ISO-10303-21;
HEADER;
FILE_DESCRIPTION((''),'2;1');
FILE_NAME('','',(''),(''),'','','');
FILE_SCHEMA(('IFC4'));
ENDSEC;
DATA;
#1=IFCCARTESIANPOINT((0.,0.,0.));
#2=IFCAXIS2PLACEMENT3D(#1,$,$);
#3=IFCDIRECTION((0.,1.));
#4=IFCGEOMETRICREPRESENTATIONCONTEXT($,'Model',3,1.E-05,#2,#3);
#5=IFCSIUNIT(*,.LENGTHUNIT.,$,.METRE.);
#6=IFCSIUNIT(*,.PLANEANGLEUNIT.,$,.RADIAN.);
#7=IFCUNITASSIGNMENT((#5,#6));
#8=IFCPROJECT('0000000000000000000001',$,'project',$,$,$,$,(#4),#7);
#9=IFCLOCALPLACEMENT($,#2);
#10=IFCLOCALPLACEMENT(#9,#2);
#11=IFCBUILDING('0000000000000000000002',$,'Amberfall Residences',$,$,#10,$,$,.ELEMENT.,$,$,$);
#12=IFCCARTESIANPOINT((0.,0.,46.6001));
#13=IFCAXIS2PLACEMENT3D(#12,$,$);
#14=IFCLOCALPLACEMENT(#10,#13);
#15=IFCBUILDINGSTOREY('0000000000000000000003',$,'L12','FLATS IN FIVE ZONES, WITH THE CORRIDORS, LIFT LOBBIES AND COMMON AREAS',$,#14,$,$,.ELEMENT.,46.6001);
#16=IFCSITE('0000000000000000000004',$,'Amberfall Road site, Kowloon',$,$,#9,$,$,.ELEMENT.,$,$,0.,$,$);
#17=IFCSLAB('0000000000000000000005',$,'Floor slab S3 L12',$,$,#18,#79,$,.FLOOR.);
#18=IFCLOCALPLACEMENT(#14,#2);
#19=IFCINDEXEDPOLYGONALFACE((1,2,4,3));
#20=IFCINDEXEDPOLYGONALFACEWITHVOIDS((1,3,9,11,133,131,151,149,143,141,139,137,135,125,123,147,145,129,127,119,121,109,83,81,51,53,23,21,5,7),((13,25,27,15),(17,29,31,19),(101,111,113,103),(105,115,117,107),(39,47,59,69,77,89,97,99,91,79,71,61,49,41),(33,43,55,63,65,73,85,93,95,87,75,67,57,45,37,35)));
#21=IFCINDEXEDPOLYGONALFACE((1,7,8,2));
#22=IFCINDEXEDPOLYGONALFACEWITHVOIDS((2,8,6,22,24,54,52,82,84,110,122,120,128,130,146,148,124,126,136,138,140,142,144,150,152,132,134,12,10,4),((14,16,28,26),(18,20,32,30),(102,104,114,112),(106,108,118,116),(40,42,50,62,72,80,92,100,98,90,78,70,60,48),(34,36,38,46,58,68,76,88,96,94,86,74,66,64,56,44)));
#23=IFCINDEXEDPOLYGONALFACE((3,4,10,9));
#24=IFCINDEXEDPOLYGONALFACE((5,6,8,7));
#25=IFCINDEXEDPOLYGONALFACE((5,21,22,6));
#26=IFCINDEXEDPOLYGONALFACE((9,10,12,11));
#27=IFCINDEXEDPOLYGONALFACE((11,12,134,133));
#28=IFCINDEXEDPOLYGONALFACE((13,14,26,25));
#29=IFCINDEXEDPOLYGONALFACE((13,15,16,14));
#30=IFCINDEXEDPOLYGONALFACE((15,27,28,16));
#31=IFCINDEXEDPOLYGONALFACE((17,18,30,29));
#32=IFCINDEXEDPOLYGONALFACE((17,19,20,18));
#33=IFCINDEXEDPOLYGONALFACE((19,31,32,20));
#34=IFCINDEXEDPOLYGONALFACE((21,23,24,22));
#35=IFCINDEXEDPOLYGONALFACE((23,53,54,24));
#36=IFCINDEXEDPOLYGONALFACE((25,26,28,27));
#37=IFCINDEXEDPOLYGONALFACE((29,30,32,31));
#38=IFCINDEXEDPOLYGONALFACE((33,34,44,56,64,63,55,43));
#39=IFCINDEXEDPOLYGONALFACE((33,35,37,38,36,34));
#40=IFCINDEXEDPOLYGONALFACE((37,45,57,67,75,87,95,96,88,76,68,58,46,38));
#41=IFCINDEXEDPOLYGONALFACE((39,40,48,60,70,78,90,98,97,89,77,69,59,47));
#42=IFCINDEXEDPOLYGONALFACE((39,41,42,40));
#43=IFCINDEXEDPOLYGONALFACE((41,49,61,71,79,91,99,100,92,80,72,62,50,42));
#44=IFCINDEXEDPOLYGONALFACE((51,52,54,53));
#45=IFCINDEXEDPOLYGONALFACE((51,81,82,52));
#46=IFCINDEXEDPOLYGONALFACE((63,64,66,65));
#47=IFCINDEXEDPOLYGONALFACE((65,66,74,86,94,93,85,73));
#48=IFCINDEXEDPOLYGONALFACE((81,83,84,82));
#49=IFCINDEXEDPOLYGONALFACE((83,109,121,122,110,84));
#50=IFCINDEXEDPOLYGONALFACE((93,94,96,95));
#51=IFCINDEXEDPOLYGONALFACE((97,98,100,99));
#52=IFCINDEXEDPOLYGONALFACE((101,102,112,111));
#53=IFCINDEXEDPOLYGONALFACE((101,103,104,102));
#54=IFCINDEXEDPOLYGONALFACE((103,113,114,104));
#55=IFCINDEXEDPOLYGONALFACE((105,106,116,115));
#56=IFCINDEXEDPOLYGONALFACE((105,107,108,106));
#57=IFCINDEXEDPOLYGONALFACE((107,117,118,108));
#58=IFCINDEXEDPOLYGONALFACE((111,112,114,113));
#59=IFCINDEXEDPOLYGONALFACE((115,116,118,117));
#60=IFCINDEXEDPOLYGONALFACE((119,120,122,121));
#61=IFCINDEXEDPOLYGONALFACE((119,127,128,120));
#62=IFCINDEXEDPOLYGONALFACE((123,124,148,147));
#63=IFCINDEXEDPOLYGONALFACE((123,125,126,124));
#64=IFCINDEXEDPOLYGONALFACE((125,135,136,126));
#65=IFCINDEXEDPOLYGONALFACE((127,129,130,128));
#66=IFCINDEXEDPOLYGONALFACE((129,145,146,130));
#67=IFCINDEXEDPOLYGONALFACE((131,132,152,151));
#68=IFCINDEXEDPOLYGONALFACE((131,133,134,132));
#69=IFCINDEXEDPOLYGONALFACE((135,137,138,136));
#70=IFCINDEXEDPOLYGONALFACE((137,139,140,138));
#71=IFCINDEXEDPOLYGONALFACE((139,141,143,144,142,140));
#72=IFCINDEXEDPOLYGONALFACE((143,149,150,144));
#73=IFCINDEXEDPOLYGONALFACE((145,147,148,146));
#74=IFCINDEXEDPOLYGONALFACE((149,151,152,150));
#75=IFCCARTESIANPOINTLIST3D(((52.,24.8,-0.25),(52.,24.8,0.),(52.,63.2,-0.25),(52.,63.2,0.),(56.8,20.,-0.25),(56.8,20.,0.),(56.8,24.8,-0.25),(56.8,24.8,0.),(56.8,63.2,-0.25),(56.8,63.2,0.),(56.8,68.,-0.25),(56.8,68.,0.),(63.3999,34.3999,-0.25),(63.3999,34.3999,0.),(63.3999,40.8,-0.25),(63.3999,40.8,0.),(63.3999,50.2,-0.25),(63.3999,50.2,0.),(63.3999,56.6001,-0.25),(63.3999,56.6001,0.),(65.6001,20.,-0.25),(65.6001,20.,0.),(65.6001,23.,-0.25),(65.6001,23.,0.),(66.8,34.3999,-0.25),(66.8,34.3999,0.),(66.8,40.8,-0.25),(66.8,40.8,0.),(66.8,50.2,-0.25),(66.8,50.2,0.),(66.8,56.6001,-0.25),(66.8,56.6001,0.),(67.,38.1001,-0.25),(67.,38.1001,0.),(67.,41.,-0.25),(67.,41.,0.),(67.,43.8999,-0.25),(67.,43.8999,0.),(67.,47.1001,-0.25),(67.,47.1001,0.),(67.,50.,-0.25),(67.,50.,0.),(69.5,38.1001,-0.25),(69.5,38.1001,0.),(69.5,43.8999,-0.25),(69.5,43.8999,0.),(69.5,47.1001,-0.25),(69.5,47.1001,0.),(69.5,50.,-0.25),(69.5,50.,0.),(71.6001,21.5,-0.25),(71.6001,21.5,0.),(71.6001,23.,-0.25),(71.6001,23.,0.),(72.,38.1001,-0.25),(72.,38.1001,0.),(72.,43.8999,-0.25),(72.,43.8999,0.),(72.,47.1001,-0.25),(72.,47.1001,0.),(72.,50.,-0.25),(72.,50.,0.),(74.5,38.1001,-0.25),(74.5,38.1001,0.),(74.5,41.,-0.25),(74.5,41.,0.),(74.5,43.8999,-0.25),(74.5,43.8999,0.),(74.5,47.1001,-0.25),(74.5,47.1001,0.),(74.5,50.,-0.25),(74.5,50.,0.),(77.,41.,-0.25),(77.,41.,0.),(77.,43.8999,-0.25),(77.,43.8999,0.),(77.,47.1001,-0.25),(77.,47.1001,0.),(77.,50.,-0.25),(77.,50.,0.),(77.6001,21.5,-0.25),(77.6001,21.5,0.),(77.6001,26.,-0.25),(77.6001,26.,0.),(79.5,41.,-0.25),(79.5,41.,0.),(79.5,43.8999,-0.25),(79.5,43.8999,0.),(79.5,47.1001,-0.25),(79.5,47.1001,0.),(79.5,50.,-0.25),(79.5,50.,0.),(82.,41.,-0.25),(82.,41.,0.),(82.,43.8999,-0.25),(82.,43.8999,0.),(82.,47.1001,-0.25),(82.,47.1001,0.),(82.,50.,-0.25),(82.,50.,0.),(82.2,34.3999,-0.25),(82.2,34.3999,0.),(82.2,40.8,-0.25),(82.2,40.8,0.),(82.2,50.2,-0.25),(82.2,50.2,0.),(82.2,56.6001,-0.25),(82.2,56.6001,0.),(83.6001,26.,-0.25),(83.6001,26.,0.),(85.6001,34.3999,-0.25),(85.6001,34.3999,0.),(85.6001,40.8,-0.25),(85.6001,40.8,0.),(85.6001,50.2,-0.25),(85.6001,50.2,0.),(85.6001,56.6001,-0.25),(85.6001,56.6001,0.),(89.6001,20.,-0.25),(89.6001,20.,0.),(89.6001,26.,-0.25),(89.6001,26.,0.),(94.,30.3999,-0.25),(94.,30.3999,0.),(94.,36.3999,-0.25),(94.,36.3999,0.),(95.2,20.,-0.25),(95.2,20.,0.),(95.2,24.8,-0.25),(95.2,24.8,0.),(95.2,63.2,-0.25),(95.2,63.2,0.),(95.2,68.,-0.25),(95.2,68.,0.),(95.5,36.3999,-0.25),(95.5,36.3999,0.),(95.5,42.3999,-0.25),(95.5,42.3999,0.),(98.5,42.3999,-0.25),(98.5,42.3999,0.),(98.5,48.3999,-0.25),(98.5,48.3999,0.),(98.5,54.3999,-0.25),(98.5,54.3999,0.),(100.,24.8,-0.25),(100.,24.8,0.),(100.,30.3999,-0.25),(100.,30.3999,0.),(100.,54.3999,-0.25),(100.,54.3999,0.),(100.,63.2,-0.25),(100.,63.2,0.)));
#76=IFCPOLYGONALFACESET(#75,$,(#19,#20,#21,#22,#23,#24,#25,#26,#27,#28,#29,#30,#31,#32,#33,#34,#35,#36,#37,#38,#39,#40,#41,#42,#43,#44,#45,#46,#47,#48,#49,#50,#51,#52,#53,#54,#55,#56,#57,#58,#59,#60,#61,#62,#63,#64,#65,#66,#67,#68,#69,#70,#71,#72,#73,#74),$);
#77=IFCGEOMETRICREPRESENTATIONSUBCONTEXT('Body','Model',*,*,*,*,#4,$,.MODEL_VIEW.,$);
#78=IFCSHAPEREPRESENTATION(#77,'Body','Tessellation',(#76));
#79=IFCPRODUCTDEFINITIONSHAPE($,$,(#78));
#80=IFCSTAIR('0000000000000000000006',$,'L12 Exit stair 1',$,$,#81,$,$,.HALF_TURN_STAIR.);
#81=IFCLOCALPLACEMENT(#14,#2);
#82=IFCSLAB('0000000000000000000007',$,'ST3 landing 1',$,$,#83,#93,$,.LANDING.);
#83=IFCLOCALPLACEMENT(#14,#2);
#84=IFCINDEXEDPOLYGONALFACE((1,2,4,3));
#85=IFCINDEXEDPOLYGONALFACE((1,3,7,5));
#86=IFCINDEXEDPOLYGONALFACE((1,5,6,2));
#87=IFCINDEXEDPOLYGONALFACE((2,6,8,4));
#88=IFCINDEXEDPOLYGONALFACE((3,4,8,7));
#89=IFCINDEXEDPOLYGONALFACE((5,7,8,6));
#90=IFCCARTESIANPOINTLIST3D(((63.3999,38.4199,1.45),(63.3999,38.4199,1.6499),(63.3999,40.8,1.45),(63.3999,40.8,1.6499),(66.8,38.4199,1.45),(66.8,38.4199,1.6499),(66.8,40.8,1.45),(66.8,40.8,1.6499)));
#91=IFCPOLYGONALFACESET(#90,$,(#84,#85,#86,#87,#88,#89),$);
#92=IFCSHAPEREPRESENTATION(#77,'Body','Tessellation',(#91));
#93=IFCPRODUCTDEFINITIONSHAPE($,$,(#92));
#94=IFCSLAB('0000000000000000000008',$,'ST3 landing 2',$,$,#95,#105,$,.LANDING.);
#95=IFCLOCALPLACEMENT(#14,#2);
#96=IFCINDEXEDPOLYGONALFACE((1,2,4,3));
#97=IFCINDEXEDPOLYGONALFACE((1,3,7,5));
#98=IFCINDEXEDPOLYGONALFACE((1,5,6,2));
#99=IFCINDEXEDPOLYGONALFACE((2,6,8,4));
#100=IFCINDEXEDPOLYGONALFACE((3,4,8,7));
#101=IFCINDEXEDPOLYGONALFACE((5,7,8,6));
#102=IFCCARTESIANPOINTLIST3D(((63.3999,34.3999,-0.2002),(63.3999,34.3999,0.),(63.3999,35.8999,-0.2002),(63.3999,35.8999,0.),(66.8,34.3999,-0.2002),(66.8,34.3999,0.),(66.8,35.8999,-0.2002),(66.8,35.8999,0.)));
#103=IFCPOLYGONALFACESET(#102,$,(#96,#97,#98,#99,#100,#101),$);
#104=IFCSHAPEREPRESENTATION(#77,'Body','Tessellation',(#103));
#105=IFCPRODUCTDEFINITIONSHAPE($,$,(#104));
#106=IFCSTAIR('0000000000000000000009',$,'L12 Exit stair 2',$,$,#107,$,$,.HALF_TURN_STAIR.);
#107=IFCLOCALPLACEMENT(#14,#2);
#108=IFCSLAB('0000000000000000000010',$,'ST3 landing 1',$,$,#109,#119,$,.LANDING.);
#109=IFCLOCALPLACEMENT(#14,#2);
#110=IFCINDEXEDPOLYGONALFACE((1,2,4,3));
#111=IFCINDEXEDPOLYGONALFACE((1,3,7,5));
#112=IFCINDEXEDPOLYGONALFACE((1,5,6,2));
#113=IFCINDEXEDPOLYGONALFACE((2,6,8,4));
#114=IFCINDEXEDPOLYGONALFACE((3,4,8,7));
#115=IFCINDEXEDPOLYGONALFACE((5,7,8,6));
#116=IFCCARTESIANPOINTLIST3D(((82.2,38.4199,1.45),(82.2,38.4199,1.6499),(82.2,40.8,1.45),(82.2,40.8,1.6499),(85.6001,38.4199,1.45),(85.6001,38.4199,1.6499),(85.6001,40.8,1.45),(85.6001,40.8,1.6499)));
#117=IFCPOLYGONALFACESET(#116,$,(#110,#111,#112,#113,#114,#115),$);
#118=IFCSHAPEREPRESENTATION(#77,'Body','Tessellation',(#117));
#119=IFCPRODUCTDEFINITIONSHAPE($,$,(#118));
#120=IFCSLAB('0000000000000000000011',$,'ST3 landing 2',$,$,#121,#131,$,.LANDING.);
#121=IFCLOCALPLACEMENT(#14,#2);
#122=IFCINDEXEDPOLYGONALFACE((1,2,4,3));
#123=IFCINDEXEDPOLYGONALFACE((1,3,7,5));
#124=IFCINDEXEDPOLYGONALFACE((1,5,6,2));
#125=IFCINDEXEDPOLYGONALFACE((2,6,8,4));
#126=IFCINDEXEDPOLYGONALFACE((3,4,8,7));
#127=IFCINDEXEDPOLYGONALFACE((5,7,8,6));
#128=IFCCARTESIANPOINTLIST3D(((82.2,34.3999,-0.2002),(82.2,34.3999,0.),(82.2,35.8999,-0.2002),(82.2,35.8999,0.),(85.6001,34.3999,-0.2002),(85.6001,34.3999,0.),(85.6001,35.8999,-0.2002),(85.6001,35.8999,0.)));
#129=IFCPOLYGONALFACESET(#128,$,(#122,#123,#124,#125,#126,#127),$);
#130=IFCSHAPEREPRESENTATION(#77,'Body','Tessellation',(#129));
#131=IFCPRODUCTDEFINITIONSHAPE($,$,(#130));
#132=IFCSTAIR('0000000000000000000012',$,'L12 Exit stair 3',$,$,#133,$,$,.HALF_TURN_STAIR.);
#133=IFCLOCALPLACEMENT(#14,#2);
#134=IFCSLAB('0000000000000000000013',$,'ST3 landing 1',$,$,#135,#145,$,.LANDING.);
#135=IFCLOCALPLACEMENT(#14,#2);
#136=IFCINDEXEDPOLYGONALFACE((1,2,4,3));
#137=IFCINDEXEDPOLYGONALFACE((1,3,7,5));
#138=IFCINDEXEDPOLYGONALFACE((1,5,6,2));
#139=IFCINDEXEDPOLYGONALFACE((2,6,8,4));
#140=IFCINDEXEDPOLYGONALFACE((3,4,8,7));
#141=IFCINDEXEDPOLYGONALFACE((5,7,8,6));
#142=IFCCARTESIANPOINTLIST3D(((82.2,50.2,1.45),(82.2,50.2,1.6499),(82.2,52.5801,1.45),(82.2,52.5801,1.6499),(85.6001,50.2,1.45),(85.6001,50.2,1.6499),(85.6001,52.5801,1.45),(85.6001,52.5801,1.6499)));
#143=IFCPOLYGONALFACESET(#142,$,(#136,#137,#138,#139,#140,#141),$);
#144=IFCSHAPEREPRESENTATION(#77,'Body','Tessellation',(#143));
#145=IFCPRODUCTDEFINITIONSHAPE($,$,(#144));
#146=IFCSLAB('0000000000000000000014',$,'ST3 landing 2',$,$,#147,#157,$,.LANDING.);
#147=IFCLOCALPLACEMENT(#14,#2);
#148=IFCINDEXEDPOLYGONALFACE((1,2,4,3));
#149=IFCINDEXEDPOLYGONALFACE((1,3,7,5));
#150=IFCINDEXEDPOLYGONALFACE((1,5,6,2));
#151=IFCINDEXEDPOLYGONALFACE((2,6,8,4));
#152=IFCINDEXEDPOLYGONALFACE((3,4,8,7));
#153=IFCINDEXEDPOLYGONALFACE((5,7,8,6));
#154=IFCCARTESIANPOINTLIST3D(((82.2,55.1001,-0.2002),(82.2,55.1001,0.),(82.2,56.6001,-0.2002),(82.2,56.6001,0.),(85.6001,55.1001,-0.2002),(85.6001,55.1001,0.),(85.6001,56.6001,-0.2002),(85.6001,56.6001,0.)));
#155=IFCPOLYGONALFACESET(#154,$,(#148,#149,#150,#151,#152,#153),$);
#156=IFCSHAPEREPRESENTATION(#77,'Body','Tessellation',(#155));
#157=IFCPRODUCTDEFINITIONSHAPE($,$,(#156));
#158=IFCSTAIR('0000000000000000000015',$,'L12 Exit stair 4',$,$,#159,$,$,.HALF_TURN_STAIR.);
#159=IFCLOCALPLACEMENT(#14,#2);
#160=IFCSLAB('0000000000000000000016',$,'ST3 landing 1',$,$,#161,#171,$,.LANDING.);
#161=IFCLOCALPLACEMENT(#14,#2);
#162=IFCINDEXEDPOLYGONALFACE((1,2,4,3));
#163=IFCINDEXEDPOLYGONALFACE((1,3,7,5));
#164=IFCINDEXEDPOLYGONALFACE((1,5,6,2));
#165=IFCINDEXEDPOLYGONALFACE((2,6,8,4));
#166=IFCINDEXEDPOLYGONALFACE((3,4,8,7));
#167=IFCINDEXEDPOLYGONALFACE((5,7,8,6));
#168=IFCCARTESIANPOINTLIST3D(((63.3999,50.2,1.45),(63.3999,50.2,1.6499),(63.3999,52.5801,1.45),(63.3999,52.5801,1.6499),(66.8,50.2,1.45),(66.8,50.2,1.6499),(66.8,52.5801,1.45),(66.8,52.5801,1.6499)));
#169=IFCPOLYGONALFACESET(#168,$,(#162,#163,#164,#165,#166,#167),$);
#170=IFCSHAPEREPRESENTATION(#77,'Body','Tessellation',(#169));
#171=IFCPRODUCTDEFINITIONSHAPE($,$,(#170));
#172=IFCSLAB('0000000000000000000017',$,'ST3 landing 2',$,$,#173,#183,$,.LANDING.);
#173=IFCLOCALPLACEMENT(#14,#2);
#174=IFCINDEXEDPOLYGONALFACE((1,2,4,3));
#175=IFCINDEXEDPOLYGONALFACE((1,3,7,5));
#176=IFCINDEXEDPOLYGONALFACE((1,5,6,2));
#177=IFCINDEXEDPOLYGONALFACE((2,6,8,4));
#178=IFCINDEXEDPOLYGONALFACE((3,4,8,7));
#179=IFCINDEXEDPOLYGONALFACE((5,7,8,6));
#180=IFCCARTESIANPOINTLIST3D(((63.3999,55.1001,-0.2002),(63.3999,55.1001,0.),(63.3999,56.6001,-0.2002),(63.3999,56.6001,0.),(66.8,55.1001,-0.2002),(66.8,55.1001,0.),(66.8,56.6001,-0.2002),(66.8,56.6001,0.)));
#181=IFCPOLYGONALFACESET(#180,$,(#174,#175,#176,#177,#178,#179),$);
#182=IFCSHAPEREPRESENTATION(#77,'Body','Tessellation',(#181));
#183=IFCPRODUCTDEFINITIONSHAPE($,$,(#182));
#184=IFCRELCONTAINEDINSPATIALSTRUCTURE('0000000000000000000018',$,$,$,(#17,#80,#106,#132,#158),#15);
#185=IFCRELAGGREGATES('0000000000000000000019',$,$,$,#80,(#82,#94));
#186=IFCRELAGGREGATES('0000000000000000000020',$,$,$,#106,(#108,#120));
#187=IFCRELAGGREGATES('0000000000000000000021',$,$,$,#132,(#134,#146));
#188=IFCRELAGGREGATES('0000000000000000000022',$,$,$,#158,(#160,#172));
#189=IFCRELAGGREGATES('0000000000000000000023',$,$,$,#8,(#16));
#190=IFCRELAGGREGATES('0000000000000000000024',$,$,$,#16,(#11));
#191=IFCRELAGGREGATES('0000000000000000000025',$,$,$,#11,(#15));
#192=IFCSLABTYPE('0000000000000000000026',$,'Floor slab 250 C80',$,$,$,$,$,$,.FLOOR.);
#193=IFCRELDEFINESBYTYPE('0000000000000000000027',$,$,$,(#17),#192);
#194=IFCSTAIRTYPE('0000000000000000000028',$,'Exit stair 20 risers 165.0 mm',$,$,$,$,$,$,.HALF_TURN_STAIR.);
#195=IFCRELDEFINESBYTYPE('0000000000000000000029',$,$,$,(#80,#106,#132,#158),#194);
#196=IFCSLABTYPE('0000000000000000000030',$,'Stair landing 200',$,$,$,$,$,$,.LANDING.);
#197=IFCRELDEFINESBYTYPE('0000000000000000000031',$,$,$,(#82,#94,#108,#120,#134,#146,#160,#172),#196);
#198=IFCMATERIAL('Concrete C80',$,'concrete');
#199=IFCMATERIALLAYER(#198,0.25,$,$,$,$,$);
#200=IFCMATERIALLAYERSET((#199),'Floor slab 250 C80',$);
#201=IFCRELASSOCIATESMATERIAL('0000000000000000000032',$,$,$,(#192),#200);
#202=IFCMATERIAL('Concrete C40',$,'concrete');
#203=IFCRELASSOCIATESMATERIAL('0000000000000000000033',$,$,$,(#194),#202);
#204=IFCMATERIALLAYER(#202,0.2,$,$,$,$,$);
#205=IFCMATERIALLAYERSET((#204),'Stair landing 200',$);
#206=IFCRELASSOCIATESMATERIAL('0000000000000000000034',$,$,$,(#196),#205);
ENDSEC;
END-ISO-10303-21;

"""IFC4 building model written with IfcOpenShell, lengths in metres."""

from ifc_helpers import new_model, si_unit, direction, frame, origin, place, context, subcontext, project, spatial, polyline, outline, extrude, material, layer, layer_set, type_object, element, aggregate, save


model = new_model("IFC4")

# Units and contexts
model_context = context("Model", 3, precision=1e-05, world=origin(), true_north=direction((0.0, 1.0)))
body_context = subcontext(model_context, "Body", "Model", "MODEL_VIEW")
ifc_project = project(units=[si_unit("LENGTHUNIT", "METRE"), si_unit("PLANEANGLEUNIT", "RADIAN")], contexts=[model_context])

# Site, building, storey
site_placement = place(None, origin())
site = spatial("IfcSite", under=ifc_project, at=site_placement, Name="Amberfall Road site, Kowloon", CompositionType="ELEMENT", RefElevation=0.0)
building_placement = place(site_placement, origin())
building = spatial("IfcBuilding", under=site, at=building_placement, Name="Amberfall Residences", CompositionType="ELEMENT")
storey_placement = place(building_placement, frame((0.0, 0.0, 46.6001)))
storey = spatial("IfcBuildingStorey", under=building, at=storey_placement, Name="L12", Description="FLATS IN FIVE ZONES, WITH THE CORRIDORS, LIFT LOBBIES AND COMMON AREAS", CompositionType="ELEMENT", Elevation=46.6001)

# Slab
ifc_material_1 = material(Name="Concrete C80", Category="concrete")
ifc_layer_1 = layer(ifc_material_1, 0.25)
ifc_layer_set_1 = layer_set([ifc_layer_1], Name="Floor slab 250 C80")
slab_type_1 = type_object("IfcSlabType", Name="Floor slab 250 C80", PredefinedType="FLOOR", material=ifc_layer_set_1)
slab_1_placement = place(storey_placement, frame((0.0, 0.0, -0.25)))
element("IfcSlab", 1, at=slab_1_placement, inside=storey, type_object=slab_type_1, Name="Floor slab S3 L12", PredefinedType="FLOOR", context=body_context, shape_type="SweptSolid", body=[
    extrude(outline(polyline([(89.6001, 20.0), (89.6001, 26.0), (83.6001, 26.0), (77.6001, 26.0), (77.6001, 21.5), (71.6001, 21.5), (71.6001, 23.0), (65.6001, 23.0), (65.6001, 20.0), (56.8, 20.0), (56.8, 24.8), (52.0, 24.8), (52.0, 63.2), (56.8, 63.2), (56.8, 68.0), (95.2, 68.0), (95.2, 63.2), (100.0, 63.2), (100.0, 54.3999), (98.5, 54.3999), (98.5, 48.3999), (98.5, 42.3999), (95.5, 42.3999), (95.5, 36.3999), (94.0, 36.3999), (94.0, 30.3999), (100.0, 30.3999), (100.0, 24.8), (95.2, 24.8), (95.2, 20.0), (89.6001, 20.0)]), holes=[polyline([(85.6001, 34.3999), (85.6001, 40.8), (82.2, 40.8), (82.2, 34.3999), (85.6001, 34.3999)]), polyline([(82.2, 50.2), (85.6001, 50.2), (85.6001, 56.6001), (82.2, 56.6001), (82.2, 50.2)]), polyline([(69.5, 50.0), (67.0, 50.0), (67.0, 47.1001), (69.5, 47.1001), (72.0, 47.1001), (74.5, 47.1001), (77.0, 47.1001), (79.5, 47.1001), (82.0, 47.1001), (82.0, 50.0), (79.5, 50.0), (77.0, 50.0), (74.5, 50.0), (72.0, 50.0), (69.5, 50.0)]), polyline([(74.5, 41.0), (77.0, 41.0), (79.5, 41.0), (82.0, 41.0), (82.0, 43.8999), (79.5, 43.8999), (77.0, 43.8999), (74.5, 43.8999), (72.0, 43.8999), (69.5, 43.8999), (67.0, 43.8999), (67.0, 41.0), (67.0, 38.1001), (69.5, 38.1001), (72.0, 38.1001), (74.5, 38.1001), (74.5, 41.0)]), polyline([(66.8, 34.3999), (66.8, 40.8), (63.3999, 40.8), (63.3999, 34.3999), (66.8, 34.3999)]), polyline([(66.8, 50.2), (66.8, 56.6001), (63.3999, 56.6001), (63.3999, 50.2), (66.8, 50.2)])]), origin(), (0.0, 0.0, 1.0), 0.25),
])

# Stairs, slabs
ifc_material_2 = material(Name="Concrete C40", Category="concrete")
stair_type = type_object("IfcStairType", Name="Exit stair 20 risers 165.0 mm", PredefinedType="HALF_TURN_STAIR", material=ifc_material_2)
stair_1_placement = place(storey_placement, origin())
stair_1 = element("IfcStair", 2, at=stair_1_placement, inside=storey, type_object=stair_type, Name="L12 Exit stair 1", PredefinedType="HALF_TURN_STAIR")
ifc_layer_2 = layer(ifc_material_2, 0.2)
ifc_layer_set_2 = layer_set([ifc_layer_2], Name="Stair landing 200")
slab_type_2 = type_object("IfcSlabType", Name="Stair landing 200", PredefinedType="LANDING", material=ifc_layer_set_2)
slab_2_placement = place(storey_placement, frame((0.0, 0.0, 1.45)))
slab_2 = element("IfcSlab", 3, at=slab_2_placement, type_object=slab_type_2, Name="ST3 landing 1", PredefinedType="LANDING", context=body_context, shape_type="SweptSolid", body=[
    extrude(outline(polyline([(66.8, 38.4199), (66.8, 40.8), (63.3999, 40.8), (63.3999, 38.4199), (66.8, 38.4199)])), origin(), (0.0, 0.0, 1.0), 0.2),
])
slab_3_placement = place(storey_placement, frame((0.0, 0.0, -0.2002)))
slab_3 = element("IfcSlab", 4, at=slab_3_placement, type_object=slab_type_2, Name="ST3 landing 2", PredefinedType="LANDING", context=body_context, shape_type="SweptSolid", body=[
    extrude(outline(polyline([(66.8, 34.3999), (66.8, 35.8999), (63.3999, 35.8999), (63.3999, 34.3999), (66.8, 34.3999)])), origin(), (0.0, 0.0, 1.0), 0.2002),
])
aggregate(stair_1, [slab_2, slab_3])
stair_2_placement = place(storey_placement, origin())
stair_2 = element("IfcStair", 5, at=stair_2_placement, inside=storey, type_object=stair_type, Name="L12 Exit stair 2", PredefinedType="HALF_TURN_STAIR")
slab_4_placement = place(storey_placement, frame((0.0, 0.0, 1.45)))
slab_4 = element("IfcSlab", 6, at=slab_4_placement, type_object=slab_type_2, Name="ST3 landing 1", PredefinedType="LANDING", context=body_context, shape_type="SweptSolid", body=[
    extrude(outline(polyline([(85.6001, 38.4199), (85.6001, 40.8), (82.2, 40.8), (82.2, 38.4199), (85.6001, 38.4199)])), origin(), (0.0, 0.0, 1.0), 0.2),
])
slab_5_placement = place(storey_placement, frame((0.0, 0.0, -0.2002)))
slab_5 = element("IfcSlab", 7, at=slab_5_placement, type_object=slab_type_2, Name="ST3 landing 2", PredefinedType="LANDING", context=body_context, shape_type="SweptSolid", body=[
    extrude(outline(polyline([(85.6001, 34.3999), (85.6001, 35.8999), (82.2, 35.8999), (82.2, 34.3999), (85.6001, 34.3999)])), origin(), (0.0, 0.0, 1.0), 0.2002),
])
aggregate(stair_2, [slab_4, slab_5])
stair_3_placement = place(storey_placement, origin())
stair_3 = element("IfcStair", 8, at=stair_3_placement, inside=storey, type_object=stair_type, Name="L12 Exit stair 3", PredefinedType="HALF_TURN_STAIR")
slab_6_placement = place(storey_placement, frame((0.0, 0.0, 1.45)))
slab_6 = element("IfcSlab", 9, at=slab_6_placement, type_object=slab_type_2, Name="ST3 landing 1", PredefinedType="LANDING", context=body_context, shape_type="SweptSolid", body=[
    extrude(outline(polyline([(82.2, 52.5801), (82.2, 50.2), (85.6001, 50.2), (85.6001, 52.5801), (82.2, 52.5801)])), origin(), (0.0, 0.0, 1.0), 0.2),
])
slab_7_placement = place(storey_placement, frame((0.0, 0.0, -0.2002)))
slab_7 = element("IfcSlab", 10, at=slab_7_placement, type_object=slab_type_2, Name="ST3 landing 2", PredefinedType="LANDING", context=body_context, shape_type="SweptSolid", body=[
    extrude(outline(polyline([(82.2, 56.6001), (82.2, 55.1001), (85.6001, 55.1001), (85.6001, 56.6001), (82.2, 56.6001)])), origin(), (0.0, 0.0, 1.0), 0.2002),
])
aggregate(stair_3, [slab_6, slab_7])
stair_4_placement = place(storey_placement, origin())
stair_4 = element("IfcStair", 11, at=stair_4_placement, inside=storey, type_object=stair_type, Name="L12 Exit stair 4", PredefinedType="HALF_TURN_STAIR")
slab_8_placement = place(storey_placement, frame((0.0, 0.0, 1.45)))
slab_8 = element("IfcSlab", 12, at=slab_8_placement, type_object=slab_type_2, Name="ST3 landing 1", PredefinedType="LANDING", context=body_context, shape_type="SweptSolid", body=[
    extrude(outline(polyline([(63.3999, 52.5801), (63.3999, 50.2), (66.8, 50.2), (66.8, 52.5801), (63.3999, 52.5801)])), origin(), (0.0, 0.0, 1.0), 0.2),
])
slab_9_placement = place(storey_placement, frame((0.0, 0.0, -0.2002)))
slab_9 = element("IfcSlab", 13, at=slab_9_placement, type_object=slab_type_2, Name="ST3 landing 2", PredefinedType="LANDING", context=body_context, shape_type="SweptSolid", body=[
    extrude(outline(polyline([(63.3999, 56.6001), (63.3999, 55.1001), (66.8, 55.1001), (66.8, 56.6001), (63.3999, 56.6001)])), origin(), (0.0, 0.0, 1.0), 0.2002),
])
aggregate(stair_4, [slab_8, slab_9])

save(model, "model.ifc")
